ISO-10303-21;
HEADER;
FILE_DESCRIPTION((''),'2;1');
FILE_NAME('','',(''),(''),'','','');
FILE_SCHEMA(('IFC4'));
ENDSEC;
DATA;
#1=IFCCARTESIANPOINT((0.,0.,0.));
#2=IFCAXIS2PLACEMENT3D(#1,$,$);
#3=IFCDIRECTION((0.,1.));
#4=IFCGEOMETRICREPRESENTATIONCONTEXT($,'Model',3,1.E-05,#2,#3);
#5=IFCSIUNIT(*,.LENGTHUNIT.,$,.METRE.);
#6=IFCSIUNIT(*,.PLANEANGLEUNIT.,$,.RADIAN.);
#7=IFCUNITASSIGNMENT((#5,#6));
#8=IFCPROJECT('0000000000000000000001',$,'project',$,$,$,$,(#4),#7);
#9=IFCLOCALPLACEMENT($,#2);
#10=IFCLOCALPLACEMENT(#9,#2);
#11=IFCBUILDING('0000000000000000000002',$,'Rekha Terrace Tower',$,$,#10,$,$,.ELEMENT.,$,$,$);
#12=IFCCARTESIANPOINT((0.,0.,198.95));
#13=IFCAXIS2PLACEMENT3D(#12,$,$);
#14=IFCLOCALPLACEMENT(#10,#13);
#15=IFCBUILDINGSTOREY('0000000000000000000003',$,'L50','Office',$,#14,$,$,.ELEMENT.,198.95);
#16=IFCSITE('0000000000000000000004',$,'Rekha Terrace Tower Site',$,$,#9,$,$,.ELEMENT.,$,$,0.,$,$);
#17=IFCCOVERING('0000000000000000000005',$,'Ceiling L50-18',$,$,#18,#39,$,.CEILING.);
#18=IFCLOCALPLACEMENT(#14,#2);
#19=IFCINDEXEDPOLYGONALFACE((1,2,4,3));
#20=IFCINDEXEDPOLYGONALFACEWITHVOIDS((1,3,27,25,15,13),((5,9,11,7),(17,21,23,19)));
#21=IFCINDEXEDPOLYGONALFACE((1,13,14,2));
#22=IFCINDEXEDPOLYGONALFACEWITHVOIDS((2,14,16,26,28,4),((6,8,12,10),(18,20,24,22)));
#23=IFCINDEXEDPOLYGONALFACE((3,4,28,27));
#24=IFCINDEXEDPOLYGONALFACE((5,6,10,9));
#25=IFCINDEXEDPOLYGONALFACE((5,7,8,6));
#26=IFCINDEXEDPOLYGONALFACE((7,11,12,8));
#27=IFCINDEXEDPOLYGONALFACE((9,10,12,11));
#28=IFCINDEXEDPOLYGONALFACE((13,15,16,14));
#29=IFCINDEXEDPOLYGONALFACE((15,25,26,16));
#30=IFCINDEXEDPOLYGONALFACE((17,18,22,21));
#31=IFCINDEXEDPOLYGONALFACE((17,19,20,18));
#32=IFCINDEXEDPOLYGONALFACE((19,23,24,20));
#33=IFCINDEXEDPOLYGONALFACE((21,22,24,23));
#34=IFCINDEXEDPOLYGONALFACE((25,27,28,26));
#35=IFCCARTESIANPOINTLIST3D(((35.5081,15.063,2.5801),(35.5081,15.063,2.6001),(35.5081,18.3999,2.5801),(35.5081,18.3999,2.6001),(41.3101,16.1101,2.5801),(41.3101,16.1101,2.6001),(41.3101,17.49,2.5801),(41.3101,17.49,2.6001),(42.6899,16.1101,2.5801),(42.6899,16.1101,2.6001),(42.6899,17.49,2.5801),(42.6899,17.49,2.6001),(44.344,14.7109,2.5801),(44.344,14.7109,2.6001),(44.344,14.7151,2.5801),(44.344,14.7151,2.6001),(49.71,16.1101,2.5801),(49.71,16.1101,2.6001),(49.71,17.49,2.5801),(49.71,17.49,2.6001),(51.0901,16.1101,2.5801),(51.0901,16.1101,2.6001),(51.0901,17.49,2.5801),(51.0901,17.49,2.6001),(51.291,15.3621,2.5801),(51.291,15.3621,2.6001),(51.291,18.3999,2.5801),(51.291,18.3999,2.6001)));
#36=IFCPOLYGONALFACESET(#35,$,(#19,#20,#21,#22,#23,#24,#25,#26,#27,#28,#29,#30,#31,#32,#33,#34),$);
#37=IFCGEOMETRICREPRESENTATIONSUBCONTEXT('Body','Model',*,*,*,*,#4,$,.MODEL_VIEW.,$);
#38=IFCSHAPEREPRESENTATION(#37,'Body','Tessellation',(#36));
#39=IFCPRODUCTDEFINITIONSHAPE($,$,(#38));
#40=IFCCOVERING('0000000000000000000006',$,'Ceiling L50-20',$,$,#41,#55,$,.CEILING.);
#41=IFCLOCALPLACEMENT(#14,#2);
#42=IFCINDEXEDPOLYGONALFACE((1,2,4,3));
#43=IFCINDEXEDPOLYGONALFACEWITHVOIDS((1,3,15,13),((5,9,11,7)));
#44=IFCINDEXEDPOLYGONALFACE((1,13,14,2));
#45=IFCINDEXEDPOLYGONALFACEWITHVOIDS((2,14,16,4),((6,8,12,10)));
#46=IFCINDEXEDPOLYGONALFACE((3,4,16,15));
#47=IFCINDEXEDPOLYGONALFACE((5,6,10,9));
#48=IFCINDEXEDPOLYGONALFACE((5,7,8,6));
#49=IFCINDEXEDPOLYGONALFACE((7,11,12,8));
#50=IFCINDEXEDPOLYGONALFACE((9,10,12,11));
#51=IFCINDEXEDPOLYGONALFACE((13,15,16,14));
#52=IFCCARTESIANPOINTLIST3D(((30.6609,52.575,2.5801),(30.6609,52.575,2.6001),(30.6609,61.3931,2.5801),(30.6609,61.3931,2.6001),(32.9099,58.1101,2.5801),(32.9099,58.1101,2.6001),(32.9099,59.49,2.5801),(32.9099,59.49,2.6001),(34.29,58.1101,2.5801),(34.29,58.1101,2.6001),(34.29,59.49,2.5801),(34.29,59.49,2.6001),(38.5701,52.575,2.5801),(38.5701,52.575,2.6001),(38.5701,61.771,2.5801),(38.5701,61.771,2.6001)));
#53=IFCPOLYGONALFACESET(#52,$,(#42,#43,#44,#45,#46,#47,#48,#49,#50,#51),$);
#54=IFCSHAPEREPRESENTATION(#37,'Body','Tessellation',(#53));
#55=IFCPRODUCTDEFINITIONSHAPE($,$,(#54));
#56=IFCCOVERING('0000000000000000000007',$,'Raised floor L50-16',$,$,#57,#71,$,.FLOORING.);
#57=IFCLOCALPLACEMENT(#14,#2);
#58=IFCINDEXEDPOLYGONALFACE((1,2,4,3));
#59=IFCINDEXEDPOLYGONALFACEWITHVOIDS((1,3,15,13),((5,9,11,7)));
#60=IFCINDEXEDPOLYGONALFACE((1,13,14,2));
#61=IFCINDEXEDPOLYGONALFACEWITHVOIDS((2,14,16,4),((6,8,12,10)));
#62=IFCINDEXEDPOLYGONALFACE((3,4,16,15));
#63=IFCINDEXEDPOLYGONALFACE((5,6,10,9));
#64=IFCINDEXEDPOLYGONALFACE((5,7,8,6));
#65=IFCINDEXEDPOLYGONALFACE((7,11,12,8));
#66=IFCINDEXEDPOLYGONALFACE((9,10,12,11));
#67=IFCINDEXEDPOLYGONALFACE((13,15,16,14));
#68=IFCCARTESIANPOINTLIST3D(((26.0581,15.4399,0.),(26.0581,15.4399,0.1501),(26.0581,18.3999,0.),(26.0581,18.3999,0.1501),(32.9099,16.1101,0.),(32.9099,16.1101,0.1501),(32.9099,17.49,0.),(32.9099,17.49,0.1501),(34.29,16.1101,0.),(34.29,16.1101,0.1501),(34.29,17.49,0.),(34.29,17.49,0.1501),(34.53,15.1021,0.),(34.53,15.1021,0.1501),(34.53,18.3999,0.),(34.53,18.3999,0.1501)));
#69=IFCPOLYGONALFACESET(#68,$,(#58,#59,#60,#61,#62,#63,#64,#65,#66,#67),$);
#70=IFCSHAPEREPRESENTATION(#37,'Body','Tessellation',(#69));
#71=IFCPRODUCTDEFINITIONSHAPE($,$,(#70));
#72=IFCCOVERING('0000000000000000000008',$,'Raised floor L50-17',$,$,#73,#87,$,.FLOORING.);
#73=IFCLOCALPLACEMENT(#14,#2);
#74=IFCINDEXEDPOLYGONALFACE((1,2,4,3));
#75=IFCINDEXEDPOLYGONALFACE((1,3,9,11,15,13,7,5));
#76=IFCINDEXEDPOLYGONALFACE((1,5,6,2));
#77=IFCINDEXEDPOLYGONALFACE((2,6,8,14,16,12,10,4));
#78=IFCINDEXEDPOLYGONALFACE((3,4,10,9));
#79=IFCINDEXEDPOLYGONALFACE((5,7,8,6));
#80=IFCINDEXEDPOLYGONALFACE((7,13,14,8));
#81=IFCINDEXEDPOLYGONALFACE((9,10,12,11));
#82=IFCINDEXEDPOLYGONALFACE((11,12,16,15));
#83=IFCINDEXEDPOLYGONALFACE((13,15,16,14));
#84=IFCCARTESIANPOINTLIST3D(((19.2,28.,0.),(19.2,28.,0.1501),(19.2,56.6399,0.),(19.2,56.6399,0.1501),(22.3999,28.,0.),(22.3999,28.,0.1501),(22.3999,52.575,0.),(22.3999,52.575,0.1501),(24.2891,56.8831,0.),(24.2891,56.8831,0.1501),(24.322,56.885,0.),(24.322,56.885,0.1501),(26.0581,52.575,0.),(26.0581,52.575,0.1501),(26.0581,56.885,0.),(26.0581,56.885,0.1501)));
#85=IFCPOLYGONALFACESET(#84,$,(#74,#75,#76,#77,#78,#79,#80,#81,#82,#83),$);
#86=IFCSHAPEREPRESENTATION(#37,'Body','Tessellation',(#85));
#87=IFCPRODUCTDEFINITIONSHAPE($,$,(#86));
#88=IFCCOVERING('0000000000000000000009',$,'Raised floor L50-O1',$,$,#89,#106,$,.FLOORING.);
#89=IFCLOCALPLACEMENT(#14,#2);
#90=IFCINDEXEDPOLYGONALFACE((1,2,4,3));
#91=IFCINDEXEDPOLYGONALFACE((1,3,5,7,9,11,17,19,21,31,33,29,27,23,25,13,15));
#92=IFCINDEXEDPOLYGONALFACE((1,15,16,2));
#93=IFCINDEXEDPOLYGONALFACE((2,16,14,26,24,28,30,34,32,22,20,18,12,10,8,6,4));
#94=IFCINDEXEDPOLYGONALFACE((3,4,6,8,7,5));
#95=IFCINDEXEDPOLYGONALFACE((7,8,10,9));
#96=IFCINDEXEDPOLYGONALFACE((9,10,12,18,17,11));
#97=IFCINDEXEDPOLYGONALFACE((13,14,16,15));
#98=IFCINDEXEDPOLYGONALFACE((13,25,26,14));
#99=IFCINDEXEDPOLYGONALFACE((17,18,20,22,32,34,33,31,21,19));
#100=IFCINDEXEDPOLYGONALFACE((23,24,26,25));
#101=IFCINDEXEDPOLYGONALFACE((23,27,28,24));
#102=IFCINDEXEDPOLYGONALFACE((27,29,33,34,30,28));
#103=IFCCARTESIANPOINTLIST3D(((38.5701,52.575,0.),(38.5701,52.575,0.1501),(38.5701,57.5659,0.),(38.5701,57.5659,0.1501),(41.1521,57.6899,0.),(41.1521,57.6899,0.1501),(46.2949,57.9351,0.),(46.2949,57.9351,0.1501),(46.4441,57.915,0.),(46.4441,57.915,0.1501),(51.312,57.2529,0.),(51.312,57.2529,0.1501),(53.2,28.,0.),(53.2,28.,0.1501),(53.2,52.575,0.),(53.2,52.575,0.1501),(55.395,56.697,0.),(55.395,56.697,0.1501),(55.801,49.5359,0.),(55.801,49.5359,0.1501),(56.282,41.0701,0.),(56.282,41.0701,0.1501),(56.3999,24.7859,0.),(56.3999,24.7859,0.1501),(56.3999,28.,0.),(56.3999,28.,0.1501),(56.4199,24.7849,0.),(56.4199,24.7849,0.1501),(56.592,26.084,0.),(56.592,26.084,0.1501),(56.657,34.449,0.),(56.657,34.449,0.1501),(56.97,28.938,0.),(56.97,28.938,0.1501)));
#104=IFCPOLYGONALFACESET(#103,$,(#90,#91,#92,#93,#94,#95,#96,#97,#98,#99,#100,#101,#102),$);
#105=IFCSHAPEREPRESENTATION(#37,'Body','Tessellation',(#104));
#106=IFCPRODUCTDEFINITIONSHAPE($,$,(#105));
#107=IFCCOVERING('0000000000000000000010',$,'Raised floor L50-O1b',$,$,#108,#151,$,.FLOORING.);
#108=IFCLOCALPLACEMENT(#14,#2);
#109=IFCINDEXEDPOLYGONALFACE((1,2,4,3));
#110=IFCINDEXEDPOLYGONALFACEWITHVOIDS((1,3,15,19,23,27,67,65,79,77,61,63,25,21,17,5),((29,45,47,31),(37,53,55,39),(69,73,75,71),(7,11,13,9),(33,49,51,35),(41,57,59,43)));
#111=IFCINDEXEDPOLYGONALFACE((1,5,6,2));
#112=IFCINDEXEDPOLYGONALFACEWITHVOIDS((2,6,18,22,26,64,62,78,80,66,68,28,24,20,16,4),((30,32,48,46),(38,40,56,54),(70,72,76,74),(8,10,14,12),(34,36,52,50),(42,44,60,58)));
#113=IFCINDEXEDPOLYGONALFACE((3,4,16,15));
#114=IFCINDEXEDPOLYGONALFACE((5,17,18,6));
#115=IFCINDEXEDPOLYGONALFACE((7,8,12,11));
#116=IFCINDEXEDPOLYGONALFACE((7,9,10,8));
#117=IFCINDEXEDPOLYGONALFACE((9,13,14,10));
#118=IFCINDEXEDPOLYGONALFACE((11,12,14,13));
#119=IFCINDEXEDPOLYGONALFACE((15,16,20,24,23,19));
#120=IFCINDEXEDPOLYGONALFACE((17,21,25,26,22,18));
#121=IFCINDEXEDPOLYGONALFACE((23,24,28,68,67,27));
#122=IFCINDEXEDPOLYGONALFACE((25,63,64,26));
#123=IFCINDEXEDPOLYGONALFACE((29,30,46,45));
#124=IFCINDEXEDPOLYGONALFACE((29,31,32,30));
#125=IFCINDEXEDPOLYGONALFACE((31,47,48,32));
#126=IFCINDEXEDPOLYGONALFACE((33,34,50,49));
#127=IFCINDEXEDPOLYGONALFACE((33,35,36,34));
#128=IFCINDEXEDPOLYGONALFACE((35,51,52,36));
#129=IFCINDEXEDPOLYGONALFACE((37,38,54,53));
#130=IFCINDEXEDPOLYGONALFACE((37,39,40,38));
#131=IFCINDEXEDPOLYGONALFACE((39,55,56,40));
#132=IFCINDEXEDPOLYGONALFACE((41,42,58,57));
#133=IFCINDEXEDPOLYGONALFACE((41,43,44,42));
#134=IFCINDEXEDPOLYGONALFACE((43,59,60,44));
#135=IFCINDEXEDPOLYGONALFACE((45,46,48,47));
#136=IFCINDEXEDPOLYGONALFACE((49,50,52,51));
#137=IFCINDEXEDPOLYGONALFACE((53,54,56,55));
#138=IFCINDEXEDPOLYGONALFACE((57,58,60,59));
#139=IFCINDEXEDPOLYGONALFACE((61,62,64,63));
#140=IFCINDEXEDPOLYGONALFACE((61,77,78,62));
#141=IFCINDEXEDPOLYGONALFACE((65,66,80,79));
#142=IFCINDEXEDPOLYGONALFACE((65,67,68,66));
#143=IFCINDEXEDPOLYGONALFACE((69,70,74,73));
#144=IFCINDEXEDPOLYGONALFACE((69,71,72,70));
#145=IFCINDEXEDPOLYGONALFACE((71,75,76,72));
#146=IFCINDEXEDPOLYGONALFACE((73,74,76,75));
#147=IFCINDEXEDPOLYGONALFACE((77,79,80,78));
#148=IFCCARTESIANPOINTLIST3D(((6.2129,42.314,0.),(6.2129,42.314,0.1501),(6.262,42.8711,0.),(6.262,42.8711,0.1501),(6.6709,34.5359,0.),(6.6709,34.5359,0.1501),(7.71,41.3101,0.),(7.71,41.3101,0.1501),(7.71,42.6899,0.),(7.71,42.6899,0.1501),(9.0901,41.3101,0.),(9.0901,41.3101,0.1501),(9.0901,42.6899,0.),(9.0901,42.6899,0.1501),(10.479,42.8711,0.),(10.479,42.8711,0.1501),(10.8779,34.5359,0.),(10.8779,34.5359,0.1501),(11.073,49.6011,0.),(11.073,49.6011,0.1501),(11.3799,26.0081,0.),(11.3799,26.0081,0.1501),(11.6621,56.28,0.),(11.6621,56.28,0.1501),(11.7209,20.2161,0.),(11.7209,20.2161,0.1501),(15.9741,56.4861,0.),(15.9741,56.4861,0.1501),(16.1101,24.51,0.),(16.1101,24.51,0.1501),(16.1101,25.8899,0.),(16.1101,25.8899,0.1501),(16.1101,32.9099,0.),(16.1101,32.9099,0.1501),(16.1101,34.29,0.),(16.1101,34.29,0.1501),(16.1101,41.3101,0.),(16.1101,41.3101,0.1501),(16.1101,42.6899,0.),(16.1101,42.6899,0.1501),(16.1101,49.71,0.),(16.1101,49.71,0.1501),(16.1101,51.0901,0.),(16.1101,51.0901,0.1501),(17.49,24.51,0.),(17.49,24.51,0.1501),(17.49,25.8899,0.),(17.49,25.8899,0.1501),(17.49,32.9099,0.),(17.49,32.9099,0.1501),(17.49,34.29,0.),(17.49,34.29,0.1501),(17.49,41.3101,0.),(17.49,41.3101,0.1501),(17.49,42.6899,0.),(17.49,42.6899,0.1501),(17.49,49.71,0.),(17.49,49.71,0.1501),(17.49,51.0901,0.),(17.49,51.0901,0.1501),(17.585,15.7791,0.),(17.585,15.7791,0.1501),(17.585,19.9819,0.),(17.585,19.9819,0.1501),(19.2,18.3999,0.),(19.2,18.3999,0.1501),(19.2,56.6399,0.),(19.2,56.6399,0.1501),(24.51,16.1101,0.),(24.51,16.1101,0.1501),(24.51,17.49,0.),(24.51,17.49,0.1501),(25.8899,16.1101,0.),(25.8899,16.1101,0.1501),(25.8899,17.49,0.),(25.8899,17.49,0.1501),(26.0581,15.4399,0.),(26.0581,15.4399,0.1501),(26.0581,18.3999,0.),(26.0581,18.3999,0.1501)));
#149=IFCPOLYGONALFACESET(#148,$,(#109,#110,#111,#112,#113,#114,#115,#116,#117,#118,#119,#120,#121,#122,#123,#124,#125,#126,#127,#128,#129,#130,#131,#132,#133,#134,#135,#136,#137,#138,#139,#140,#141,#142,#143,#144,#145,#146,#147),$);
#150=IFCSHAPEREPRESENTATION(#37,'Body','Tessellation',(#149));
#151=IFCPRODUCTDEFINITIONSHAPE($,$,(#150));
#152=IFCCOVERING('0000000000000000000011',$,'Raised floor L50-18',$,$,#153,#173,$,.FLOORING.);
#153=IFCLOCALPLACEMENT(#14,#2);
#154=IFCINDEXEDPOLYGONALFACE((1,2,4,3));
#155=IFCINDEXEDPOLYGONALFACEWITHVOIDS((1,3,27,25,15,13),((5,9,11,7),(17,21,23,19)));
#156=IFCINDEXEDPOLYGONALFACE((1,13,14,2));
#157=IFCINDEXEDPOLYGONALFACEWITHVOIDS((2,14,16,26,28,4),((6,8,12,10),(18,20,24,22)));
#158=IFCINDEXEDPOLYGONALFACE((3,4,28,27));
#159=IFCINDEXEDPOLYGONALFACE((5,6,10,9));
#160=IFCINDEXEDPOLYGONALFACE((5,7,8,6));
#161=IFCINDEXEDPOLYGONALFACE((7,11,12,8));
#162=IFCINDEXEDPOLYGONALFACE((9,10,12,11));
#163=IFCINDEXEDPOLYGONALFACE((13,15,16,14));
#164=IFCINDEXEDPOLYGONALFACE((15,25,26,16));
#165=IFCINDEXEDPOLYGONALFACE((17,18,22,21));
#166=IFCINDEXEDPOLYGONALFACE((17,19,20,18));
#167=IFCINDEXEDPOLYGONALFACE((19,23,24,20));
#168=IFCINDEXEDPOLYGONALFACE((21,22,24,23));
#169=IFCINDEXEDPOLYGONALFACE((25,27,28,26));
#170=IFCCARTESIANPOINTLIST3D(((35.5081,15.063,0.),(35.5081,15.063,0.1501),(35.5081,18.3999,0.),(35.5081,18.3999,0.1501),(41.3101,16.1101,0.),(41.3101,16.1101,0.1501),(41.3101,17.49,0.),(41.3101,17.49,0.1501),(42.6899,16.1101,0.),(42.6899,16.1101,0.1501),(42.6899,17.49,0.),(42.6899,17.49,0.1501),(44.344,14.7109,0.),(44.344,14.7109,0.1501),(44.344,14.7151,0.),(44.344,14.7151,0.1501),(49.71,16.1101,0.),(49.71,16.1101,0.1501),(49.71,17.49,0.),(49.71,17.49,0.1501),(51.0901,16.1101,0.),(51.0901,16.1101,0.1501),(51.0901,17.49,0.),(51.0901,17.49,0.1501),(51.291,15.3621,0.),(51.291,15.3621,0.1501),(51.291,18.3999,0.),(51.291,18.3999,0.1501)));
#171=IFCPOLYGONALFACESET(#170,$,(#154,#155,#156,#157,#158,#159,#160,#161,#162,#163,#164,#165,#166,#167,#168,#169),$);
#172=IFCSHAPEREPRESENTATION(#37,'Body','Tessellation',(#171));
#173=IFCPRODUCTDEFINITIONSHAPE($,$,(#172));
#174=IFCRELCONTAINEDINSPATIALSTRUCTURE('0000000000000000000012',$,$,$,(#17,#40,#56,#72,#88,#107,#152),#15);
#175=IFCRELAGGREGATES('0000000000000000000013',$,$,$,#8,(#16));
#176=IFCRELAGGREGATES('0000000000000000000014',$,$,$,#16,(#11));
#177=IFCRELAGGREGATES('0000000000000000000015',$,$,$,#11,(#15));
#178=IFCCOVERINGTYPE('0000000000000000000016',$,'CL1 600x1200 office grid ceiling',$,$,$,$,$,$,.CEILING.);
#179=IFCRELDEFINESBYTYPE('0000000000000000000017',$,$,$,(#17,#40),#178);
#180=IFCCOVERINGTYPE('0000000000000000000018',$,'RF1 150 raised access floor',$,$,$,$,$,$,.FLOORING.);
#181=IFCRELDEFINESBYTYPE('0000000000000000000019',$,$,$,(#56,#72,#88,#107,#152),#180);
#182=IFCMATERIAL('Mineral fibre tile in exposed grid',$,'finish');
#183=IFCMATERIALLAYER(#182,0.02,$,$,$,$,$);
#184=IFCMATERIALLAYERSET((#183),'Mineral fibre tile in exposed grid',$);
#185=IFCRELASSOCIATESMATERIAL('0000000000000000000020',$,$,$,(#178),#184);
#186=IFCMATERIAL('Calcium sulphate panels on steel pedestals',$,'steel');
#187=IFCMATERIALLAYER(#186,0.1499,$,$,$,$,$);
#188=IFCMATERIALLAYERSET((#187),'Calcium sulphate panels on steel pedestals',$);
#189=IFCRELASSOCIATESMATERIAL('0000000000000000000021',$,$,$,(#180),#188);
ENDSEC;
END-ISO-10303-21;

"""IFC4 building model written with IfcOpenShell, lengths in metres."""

from ifc_helpers import new_model, si_unit, direction, frame, origin, place, context, subcontext, project, spatial, polyline, outline, extrude, material, layer, layer_set, type_object, element, save


model = new_model("IFC4")

# Units and contexts
model_context = context("Model", 3, precision=1e-05, world=origin(), true_north=direction((0.0, 1.0)))
body_context = subcontext(model_context, "Body", "Model", "MODEL_VIEW")
ifc_project = project(units=[si_unit("LENGTHUNIT", "METRE"), si_unit("PLANEANGLEUNIT", "RADIAN")], contexts=[model_context])

# Site, building, storey
site_placement = place(None, origin())
site = spatial("IfcSite", under=ifc_project, at=site_placement, Name="Rekha Terrace Tower Site", CompositionType="ELEMENT", RefElevation=0.0)
building_placement = place(site_placement, origin())
building = spatial("IfcBuilding", under=site, at=building_placement, Name="Rekha Terrace Tower", CompositionType="ELEMENT")
storey_placement = place(building_placement, frame((0.0, 0.0, 198.95)))
storey = spatial("IfcBuildingStorey", under=building, at=storey_placement, Name="L50", Description="Office", CompositionType="ELEMENT", Elevation=198.95)

# Coverings
ifc_material_1 = material(Name="Mineral fibre tile in exposed grid", Category="finish")
ifc_layer_1 = layer(ifc_material_1, 0.02)
ifc_layer_set_1 = layer_set([ifc_layer_1], Name="Mineral fibre tile in exposed grid")
covering_type_1 = type_object("IfcCoveringType", Name="CL1 600x1200 office grid ceiling", PredefinedType="CEILING", material=ifc_layer_set_1)
covering_1_placement = place(storey_placement, frame((0.0, 0.0, 2.5801)))
element("IfcCovering", 1, at=covering_1_placement, inside=storey, type_object=covering_type_1, Name="Ceiling L50-18", PredefinedType="CEILING", context=body_context, shape_type="SweptSolid", body=[
    extrude(outline(polyline([(35.5081, 15.063), (44.344, 14.7109), (44.344, 14.7151), (51.291, 15.3621), (51.291, 18.3999), (35.5081, 18.3999), (35.5081, 15.063)]), holes=[polyline([(51.0901, 16.1101), (49.71, 16.1101), (49.71, 17.49), (51.0901, 17.49), (51.0901, 16.1101)]), polyline([(42.6899, 17.49), (42.6899, 16.1101), (41.3101, 16.1101), (41.3101, 17.49), (42.6899, 17.49)])]), origin(), (0.0, 0.0, 1.0), 0.02),
])
covering_2_placement = place(storey_placement, frame((0.0, 0.0, 2.5801)))
element("IfcCovering", 2, at=covering_2_placement, inside=storey, type_object=covering_type_1, Name="Ceiling L50-20", PredefinedType="CEILING", context=body_context, shape_type="SweptSolid", body=[
    extrude(outline(polyline([(30.6609, 61.3931), (30.6609, 52.575), (38.5701, 52.575), (38.5701, 61.771), (30.6609, 61.3931)]), holes=[polyline([(34.29, 58.1101), (32.9099, 58.1101), (32.9099, 59.49), (34.29, 59.49), (34.29, 58.1101)])]), origin(), (0.0, 0.0, 1.0), 0.02),
])
ifc_material_2 = material(Name="Calcium sulphate panels on steel pedestals", Category="steel")
ifc_layer_2 = layer(ifc_material_2, 0.1499)
ifc_layer_set_2 = layer_set([ifc_layer_2], Name="Calcium sulphate panels on steel pedestals")
covering_type_2 = type_object("IfcCoveringType", Name="RF1 150 raised access floor", PredefinedType="FLOORING", material=ifc_layer_set_2)
covering_3_placement = place(storey_placement, origin())
element("IfcCovering", 3, at=covering_3_placement, inside=storey, type_object=covering_type_2, Name="Raised floor L50-16", PredefinedType="FLOORING", context=body_context, shape_type="SweptSolid", body=[
    extrude(outline(polyline([(26.0581, 18.3999), (26.0581, 15.4399), (34.53, 15.1021), (34.53, 18.3999), (26.0581, 18.3999)]), holes=[polyline([(34.29, 16.1101), (32.9099, 16.1101), (32.9099, 17.49), (34.29, 17.49), (34.29, 16.1101)])]), origin(), (0.0, 0.0, 1.0), 0.1501),
])
covering_4_placement = place(storey_placement, origin())
element("IfcCovering", 4, at=covering_4_placement, inside=storey, type_object=covering_type_2, Name="Raised floor L50-17", PredefinedType="FLOORING", context=body_context, shape_type="SweptSolid", body=[
    extrude(outline(polyline([(26.0581, 52.575), (26.0581, 56.885), (24.322, 56.885), (24.2891, 56.8831), (19.2, 56.6399), (19.2, 28.0), (22.3999, 28.0), (22.3999, 52.575), (26.0581, 52.575)])), origin(), (0.0, 0.0, 1.0), 0.1501),
])
covering_5_placement = place(storey_placement, origin())
element("IfcCovering", 5, at=covering_5_placement, inside=storey, type_object=covering_type_2, Name="Raised floor L50-O1", PredefinedType="FLOORING", context=body_context, shape_type="SweptSolid", body=[
    extrude(outline(polyline([(46.2949, 57.9351), (41.1521, 57.6899), (38.5701, 57.5659), (38.5701, 52.575), (53.2, 52.575), (53.2, 28.0), (56.3999, 28.0), (56.3999, 24.7859), (56.4199, 24.7849), (56.592, 26.084), (56.97, 28.938), (56.657, 34.449), (56.282, 41.0701), (55.801, 49.5359), (55.395, 56.697), (51.312, 57.2529), (46.4441, 57.915), (46.2949, 57.9351)])), origin(), (0.0, 0.0, 1.0), 0.1501),
])
covering_6_placement = place(storey_placement, origin())
element("IfcCovering", 6, at=covering_6_placement, inside=storey, type_object=covering_type_2, Name="Raised floor L50-O1b", PredefinedType="FLOORING", context=body_context, shape_type="SweptSolid", body=[
    extrude(outline(polyline([(11.6621, 56.28), (11.073, 49.6011), (10.479, 42.8711), (6.262, 42.8711), (6.2129, 42.314), (6.6709, 34.5359), (10.8779, 34.5359), (11.3799, 26.0081), (11.7209, 20.2161), (17.585, 19.9819), (17.585, 15.7791), (26.0581, 15.4399), (26.0581, 18.3999), (19.2, 18.3999), (19.2, 56.6399), (15.9741, 56.4861), (11.6621, 56.28)]), holes=[polyline([(25.8899, 17.49), (25.8899, 16.1101), (24.51, 16.1101), (24.51, 17.49), (25.8899, 17.49)]), polyline([(17.49, 24.51), (16.1101, 24.51), (16.1101, 25.8899), (17.49, 25.8899), (17.49, 24.51)]), polyline([(17.49, 32.9099), (16.1101, 32.9099), (16.1101, 34.29), (17.49, 34.29), (17.49, 32.9099)]), polyline([(17.49, 42.6899), (17.49, 41.3101), (16.1101, 41.3101), (16.1101, 42.6899), (17.49, 42.6899)]), polyline([(17.49, 51.0901), (17.49, 49.71), (16.1101, 49.71), (16.1101, 51.0901), (17.49, 51.0901)]), polyline([(9.0901, 41.3101), (7.71, 41.3101), (7.71, 42.6899), (9.0901, 42.6899), (9.0901, 41.3101)])]), origin(), (0.0, 0.0, 1.0), 0.1501),
])
covering_7_placement = place(storey_placement, origin())
element("IfcCovering", 7, at=covering_7_placement, inside=storey, type_object=covering_type_2, Name="Raised floor L50-18", PredefinedType="FLOORING", context=body_context, shape_type="SweptSolid", body=[
    extrude(outline(polyline([(35.5081, 15.063), (44.344, 14.7109), (44.344, 14.7151), (51.291, 15.3621), (51.291, 18.3999), (35.5081, 18.3999), (35.5081, 15.063)]), holes=[polyline([(51.0901, 16.1101), (49.71, 16.1101), (49.71, 17.49), (51.0901, 17.49), (51.0901, 16.1101)]), polyline([(42.6899, 17.49), (42.6899, 16.1101), (41.3101, 16.1101), (41.3101, 17.49), (42.6899, 17.49)])]), origin(), (0.0, 0.0, 1.0), 0.1501),
])

save(model, "model.ifc")
